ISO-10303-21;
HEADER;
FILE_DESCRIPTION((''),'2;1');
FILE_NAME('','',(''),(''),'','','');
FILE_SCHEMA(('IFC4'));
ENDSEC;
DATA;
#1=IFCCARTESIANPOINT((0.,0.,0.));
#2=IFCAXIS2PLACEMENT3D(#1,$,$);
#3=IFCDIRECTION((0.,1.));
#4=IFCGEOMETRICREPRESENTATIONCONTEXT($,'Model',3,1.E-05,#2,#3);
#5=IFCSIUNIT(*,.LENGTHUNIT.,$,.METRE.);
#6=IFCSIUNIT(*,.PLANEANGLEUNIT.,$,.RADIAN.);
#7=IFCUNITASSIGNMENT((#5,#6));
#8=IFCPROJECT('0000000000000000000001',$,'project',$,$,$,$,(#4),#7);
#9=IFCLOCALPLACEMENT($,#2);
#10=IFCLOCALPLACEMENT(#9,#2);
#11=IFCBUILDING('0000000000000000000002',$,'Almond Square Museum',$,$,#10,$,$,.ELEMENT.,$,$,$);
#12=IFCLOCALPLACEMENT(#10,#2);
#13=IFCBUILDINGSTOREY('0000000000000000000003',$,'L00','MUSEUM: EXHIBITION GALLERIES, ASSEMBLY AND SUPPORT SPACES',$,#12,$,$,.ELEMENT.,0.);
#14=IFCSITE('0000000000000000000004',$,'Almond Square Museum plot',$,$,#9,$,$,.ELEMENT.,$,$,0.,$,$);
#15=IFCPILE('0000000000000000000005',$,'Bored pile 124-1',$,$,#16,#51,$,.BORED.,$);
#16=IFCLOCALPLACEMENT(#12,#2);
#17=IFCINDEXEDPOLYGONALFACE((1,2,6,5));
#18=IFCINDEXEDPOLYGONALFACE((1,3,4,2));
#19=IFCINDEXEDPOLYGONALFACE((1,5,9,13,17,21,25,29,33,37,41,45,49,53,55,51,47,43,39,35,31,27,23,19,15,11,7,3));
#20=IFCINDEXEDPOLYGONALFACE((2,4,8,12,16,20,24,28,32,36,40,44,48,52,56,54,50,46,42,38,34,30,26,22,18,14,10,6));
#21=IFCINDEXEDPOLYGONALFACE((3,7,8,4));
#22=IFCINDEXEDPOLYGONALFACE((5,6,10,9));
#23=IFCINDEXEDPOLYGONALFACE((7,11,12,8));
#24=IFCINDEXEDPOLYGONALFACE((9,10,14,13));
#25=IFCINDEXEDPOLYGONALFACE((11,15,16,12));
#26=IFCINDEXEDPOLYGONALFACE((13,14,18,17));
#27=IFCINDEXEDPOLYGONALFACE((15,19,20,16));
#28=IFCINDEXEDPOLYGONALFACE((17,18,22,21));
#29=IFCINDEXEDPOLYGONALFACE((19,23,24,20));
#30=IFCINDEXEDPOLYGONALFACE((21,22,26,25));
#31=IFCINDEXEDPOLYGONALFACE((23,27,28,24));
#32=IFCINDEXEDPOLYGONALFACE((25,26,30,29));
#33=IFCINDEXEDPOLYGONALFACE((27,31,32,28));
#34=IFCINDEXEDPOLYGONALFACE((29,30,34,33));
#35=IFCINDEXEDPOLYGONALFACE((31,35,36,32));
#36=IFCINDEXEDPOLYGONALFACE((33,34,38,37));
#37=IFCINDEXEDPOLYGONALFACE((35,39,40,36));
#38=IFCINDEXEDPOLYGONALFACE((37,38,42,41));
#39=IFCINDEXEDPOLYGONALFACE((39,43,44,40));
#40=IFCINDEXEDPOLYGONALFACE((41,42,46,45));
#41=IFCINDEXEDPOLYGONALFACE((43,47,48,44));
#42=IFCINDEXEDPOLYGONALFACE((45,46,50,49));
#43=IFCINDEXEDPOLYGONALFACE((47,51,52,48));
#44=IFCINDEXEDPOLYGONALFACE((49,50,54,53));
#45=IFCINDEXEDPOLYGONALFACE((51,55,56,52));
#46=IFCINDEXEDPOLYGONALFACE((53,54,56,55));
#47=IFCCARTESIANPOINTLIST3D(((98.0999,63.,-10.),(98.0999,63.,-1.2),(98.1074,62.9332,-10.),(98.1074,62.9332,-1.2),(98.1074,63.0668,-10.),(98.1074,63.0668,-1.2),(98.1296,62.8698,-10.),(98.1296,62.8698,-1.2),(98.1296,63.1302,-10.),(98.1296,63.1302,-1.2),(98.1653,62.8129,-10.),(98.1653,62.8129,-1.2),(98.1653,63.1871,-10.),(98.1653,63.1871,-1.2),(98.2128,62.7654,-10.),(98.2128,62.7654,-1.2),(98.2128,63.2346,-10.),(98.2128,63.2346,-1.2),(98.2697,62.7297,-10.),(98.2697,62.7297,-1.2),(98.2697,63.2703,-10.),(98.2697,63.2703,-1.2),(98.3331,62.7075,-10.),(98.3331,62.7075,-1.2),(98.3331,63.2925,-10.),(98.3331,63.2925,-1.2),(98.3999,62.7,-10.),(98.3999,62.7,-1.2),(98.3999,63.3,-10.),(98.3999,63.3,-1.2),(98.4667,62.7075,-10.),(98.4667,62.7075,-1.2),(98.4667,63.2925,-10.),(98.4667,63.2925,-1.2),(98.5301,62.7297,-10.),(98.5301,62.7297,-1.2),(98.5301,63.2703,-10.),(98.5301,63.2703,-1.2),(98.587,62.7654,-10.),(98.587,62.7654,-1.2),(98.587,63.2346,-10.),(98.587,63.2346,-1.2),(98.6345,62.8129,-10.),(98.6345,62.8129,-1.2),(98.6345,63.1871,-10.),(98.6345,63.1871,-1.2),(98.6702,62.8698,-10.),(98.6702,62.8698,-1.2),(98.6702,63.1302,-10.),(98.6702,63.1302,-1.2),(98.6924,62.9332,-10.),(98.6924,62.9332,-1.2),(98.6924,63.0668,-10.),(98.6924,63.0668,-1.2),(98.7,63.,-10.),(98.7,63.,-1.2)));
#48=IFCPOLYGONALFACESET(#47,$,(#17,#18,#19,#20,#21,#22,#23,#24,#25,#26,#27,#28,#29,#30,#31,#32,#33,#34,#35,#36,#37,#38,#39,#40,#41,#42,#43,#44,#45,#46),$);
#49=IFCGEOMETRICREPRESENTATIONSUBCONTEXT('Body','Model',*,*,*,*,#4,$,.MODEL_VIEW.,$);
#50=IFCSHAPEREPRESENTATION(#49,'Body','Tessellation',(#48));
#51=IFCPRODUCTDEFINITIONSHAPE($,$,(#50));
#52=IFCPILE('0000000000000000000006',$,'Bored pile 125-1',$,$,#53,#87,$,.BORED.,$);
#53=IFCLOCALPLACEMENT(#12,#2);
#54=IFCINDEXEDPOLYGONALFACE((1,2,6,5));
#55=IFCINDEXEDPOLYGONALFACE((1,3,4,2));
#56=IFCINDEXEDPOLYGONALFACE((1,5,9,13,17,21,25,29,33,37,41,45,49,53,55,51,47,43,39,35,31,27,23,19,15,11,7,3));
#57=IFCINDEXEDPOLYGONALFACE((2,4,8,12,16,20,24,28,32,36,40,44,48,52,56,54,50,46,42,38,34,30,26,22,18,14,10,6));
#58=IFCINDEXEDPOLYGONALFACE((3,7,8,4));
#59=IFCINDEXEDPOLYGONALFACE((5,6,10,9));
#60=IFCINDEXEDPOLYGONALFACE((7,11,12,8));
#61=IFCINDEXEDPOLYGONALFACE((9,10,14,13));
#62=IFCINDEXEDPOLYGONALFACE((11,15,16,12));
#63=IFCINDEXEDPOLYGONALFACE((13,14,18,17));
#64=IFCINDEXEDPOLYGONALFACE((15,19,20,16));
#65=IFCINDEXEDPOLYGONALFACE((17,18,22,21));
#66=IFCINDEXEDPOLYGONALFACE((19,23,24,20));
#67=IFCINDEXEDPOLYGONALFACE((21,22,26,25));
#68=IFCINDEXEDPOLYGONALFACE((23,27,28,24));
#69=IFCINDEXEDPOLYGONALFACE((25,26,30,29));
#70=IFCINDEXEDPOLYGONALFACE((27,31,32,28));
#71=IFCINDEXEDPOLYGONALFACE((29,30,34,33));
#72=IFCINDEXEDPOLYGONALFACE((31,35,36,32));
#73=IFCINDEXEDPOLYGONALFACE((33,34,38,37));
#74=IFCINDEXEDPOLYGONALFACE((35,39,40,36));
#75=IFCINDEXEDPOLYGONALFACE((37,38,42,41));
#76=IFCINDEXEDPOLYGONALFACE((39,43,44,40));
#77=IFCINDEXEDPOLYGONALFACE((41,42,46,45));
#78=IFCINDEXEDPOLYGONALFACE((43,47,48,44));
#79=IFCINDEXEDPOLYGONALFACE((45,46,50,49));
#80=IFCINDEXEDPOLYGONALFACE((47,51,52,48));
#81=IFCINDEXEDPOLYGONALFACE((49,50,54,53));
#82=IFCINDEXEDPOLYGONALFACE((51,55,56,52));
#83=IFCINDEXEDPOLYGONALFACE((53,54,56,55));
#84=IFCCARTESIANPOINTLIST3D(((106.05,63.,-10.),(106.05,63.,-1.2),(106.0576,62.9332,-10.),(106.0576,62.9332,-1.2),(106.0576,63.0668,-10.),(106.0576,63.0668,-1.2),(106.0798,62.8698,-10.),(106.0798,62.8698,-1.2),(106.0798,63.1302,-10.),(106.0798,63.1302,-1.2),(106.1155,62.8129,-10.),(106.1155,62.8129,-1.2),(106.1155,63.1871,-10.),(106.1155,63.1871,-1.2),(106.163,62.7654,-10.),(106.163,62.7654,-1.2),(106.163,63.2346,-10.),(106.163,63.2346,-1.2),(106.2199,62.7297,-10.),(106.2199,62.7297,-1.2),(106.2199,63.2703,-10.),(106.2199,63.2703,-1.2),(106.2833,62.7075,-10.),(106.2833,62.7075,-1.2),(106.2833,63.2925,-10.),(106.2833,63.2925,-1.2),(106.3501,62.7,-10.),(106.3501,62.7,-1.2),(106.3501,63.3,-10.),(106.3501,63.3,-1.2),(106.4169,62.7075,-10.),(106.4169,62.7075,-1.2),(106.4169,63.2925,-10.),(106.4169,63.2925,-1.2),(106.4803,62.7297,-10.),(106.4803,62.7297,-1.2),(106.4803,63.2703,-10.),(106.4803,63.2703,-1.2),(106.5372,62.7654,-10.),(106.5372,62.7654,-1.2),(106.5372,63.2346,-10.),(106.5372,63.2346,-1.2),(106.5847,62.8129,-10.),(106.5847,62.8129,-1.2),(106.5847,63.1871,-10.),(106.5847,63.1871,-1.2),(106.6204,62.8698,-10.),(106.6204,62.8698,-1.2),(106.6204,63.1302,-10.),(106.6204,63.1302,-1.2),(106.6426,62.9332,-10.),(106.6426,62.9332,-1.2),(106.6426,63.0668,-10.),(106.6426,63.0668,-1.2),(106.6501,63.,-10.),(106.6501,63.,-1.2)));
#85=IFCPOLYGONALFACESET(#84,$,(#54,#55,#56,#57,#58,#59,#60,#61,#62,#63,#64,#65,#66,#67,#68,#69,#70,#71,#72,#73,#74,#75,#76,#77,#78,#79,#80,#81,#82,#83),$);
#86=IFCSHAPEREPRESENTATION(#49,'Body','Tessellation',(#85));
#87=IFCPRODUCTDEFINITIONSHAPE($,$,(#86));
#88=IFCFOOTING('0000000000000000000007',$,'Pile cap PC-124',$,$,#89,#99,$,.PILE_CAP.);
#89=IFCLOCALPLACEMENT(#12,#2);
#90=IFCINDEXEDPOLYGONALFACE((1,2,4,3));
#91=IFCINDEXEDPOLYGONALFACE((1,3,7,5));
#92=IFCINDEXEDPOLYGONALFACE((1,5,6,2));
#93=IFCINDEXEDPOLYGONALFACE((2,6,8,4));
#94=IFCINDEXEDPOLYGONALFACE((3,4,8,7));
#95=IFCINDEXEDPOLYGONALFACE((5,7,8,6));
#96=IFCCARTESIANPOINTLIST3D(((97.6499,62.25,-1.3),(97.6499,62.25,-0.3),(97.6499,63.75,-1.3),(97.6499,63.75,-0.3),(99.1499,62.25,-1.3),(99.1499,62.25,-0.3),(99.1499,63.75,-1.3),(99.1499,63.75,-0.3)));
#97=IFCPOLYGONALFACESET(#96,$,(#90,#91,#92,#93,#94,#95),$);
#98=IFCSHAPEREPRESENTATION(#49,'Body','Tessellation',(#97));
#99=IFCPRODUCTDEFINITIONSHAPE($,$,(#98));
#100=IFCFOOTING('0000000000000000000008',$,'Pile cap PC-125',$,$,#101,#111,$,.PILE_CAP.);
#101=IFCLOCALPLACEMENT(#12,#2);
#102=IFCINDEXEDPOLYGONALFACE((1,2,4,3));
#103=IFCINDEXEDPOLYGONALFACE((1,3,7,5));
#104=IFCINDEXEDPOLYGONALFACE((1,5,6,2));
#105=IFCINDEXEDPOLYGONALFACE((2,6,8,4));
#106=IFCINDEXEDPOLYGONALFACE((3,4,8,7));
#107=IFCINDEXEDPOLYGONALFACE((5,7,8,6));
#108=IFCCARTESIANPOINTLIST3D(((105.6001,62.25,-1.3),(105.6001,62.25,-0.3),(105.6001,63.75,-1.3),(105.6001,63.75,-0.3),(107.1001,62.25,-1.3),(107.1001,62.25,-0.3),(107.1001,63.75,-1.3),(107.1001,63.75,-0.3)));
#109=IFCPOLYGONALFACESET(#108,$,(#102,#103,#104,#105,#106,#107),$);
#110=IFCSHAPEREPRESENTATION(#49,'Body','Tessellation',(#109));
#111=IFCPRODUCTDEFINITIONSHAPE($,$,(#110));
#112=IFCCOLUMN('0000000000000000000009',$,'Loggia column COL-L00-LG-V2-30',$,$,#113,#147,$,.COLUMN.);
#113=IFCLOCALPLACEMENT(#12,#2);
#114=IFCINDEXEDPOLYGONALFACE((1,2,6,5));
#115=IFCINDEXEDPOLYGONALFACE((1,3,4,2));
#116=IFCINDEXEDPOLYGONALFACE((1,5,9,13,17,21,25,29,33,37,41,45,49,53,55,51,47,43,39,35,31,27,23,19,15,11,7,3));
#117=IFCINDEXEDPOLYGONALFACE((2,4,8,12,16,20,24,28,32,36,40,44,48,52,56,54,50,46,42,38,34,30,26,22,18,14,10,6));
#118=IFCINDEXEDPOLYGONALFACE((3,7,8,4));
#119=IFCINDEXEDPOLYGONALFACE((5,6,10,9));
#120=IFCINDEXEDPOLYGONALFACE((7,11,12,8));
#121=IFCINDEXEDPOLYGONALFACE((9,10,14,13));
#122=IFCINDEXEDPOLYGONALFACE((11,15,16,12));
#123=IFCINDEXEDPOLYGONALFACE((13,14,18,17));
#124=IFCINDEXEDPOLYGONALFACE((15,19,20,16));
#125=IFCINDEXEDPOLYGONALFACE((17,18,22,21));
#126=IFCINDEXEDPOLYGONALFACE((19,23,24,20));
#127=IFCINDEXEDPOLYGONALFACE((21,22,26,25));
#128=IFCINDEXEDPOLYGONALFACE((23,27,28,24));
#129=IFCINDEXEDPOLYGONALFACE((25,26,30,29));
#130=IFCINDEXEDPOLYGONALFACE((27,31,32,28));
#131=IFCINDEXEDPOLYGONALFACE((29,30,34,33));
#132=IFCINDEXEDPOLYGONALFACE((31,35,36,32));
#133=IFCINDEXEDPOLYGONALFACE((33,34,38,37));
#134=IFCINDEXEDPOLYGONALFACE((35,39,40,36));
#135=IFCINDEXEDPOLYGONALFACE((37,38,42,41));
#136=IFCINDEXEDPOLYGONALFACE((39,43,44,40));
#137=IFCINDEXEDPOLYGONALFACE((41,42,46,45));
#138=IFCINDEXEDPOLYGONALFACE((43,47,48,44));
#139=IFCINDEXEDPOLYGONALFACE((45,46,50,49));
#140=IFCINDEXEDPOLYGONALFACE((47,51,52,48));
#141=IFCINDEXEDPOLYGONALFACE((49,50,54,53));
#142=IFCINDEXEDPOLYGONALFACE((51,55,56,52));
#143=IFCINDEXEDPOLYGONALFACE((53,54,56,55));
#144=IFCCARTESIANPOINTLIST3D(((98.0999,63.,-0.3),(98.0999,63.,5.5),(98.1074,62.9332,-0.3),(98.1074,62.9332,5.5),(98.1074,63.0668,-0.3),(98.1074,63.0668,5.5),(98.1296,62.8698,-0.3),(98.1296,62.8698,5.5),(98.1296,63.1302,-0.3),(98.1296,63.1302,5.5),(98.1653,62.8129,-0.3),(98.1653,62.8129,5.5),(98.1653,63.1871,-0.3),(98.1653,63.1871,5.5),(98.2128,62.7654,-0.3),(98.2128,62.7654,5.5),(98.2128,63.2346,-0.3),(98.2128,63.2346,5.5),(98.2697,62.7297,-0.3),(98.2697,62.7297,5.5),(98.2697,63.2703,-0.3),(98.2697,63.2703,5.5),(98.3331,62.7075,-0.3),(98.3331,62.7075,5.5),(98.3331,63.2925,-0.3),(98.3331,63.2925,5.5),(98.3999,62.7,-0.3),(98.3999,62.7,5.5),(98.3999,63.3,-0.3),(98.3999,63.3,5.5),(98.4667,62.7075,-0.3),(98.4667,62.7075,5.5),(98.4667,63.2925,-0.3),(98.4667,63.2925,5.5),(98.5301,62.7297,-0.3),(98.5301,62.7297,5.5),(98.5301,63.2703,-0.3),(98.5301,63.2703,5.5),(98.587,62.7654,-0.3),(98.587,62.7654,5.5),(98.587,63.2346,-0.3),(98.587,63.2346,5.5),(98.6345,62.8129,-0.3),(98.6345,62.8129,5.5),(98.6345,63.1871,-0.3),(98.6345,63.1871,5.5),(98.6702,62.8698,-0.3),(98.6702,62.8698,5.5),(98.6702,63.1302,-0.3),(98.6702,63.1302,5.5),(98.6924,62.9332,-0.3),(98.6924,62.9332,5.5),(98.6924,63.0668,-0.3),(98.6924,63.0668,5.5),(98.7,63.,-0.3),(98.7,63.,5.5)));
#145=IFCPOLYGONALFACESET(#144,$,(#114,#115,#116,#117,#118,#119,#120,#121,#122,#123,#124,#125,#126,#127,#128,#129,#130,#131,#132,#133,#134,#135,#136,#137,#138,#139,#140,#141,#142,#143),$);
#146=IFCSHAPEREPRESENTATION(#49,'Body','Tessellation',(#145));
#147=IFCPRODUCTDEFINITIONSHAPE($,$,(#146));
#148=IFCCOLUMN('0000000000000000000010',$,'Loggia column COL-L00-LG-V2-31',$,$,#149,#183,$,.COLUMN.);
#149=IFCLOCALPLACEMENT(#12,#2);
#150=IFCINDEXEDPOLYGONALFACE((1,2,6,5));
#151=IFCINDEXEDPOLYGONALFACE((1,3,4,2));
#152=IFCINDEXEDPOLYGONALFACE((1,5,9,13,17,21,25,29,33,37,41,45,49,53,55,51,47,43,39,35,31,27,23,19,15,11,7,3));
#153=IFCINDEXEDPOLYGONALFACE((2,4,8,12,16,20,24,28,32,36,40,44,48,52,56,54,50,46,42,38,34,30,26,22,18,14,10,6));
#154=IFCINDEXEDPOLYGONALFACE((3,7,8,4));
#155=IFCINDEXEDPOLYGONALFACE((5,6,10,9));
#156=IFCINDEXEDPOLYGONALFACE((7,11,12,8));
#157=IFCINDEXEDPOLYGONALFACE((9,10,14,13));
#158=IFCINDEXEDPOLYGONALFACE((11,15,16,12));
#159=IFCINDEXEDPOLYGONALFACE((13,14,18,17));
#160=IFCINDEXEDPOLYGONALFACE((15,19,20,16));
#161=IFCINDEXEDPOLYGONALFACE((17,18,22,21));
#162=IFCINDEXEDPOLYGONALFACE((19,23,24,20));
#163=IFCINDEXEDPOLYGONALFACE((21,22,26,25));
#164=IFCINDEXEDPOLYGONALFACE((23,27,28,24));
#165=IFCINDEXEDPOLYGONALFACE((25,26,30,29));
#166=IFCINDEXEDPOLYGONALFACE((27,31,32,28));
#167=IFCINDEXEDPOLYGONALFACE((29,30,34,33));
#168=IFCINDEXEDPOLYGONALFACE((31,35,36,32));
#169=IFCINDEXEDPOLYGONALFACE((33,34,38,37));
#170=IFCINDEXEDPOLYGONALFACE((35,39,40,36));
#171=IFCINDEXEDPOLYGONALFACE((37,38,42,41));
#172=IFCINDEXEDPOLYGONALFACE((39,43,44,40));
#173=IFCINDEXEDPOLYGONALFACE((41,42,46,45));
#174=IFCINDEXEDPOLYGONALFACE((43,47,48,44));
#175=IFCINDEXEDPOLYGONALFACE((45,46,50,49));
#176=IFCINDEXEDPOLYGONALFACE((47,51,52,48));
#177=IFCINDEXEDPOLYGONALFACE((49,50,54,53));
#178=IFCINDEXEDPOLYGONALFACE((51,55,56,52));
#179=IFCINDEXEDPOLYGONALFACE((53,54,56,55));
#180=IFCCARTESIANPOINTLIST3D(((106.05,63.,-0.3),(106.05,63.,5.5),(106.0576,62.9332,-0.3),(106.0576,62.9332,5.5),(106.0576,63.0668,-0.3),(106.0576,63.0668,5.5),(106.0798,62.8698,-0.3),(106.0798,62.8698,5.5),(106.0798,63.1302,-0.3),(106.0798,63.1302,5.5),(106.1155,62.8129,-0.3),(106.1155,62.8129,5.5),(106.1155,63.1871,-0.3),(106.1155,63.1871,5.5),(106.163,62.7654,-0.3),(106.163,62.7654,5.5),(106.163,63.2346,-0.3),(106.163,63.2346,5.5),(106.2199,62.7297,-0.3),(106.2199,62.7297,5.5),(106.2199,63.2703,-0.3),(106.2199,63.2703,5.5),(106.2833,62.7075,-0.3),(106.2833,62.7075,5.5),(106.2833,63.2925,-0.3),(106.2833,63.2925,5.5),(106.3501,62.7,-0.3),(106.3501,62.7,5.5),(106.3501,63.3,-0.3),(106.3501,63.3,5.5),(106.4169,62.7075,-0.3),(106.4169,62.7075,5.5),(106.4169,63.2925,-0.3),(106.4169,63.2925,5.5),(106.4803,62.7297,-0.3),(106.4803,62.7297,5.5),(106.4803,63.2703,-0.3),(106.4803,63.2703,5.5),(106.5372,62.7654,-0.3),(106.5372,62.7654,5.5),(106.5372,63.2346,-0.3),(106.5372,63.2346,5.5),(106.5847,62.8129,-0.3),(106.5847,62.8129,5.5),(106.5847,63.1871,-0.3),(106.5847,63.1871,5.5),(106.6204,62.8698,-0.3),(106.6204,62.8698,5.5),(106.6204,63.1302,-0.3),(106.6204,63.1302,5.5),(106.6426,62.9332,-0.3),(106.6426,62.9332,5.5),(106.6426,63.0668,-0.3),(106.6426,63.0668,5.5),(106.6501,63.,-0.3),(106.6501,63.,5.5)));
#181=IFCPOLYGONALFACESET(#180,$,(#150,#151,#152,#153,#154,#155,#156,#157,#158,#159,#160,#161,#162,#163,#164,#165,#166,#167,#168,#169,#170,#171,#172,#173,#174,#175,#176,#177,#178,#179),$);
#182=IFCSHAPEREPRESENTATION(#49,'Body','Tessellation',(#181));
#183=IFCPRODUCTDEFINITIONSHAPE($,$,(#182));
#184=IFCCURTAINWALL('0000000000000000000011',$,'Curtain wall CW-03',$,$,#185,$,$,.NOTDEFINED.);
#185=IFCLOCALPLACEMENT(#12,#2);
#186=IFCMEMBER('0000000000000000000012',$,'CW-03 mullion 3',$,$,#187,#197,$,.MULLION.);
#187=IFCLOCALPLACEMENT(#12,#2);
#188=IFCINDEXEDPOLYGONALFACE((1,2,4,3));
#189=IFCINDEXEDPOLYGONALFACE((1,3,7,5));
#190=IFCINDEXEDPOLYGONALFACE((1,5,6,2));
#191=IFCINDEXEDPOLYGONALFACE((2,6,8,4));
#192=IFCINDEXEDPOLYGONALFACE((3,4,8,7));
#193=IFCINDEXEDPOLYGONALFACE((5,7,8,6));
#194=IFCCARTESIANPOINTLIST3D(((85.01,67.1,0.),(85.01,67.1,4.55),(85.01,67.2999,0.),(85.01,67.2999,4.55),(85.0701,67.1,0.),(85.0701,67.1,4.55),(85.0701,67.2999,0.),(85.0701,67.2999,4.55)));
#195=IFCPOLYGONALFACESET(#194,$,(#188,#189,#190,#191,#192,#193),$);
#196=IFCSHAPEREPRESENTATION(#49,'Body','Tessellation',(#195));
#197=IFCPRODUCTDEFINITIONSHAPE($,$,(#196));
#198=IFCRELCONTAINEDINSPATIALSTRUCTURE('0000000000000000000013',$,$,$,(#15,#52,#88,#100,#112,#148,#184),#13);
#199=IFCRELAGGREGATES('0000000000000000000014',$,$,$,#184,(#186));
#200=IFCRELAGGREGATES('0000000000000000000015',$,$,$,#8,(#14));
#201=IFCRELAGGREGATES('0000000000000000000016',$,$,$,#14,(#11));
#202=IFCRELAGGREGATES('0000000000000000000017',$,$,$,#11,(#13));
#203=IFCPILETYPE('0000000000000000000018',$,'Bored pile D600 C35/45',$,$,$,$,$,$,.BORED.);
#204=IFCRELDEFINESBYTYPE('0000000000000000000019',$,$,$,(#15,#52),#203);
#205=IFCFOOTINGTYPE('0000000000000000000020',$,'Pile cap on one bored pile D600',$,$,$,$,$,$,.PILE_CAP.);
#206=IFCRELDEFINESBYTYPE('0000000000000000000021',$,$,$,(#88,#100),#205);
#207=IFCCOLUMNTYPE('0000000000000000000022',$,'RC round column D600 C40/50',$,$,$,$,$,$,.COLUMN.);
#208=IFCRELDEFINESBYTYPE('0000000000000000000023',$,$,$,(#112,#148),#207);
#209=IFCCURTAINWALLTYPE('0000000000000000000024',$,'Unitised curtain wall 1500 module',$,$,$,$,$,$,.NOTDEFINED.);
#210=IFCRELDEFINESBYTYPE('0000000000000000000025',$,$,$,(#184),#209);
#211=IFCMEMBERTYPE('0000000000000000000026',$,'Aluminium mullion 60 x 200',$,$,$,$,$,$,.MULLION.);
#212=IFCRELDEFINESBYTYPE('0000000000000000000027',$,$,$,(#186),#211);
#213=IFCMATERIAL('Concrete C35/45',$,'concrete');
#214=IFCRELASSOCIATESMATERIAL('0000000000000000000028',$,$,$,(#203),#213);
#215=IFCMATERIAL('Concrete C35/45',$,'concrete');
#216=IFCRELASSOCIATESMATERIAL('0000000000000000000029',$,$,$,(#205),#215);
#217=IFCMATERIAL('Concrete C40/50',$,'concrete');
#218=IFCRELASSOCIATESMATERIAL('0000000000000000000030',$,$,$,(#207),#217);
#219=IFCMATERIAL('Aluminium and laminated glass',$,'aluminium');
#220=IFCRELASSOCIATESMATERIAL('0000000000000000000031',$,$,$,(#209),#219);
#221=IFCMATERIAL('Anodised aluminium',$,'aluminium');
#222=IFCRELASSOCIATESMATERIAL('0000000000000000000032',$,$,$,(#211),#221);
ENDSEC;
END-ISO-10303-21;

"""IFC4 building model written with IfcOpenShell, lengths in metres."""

from ifc_helpers import new_model, si_unit, direction, frame, origin, origin_2d, place, context, subcontext, project, spatial, rectangle, circle, extrude, material, material_profile, profile_set, type_object, element, aggregate, save


model = new_model("IFC4")

# Units and contexts
model_context = context("Model", 3, precision=1e-05, world=origin(), true_north=direction((0.0, 1.0)))
body_context = subcontext(model_context, "Body", "Model", "MODEL_VIEW")
ifc_project = project(units=[si_unit("LENGTHUNIT", "METRE"), si_unit("PLANEANGLEUNIT", "RADIAN")], contexts=[model_context])

# Site, building, storey
site_placement = place(None, origin())
site = spatial("IfcSite", under=ifc_project, at=site_placement, Name="Almond Square Museum plot", CompositionType="ELEMENT", RefElevation=0.0)
building_placement = place(site_placement, origin())
building = spatial("IfcBuilding", under=site, at=building_placement, Name="Almond Square Museum", CompositionType="ELEMENT")
storey_placement = place(building_placement, origin())
storey = spatial("IfcBuildingStorey", under=building, at=storey_placement, Name="L00", Description="MUSEUM: EXHIBITION GALLERIES, ASSEMBLY AND SUPPORT SPACES", CompositionType="ELEMENT", Elevation=0.0)

# Piles
ifc_material_1 = material(Name="Concrete C35/45", Category="concrete")
ifc_material_profile_1 = material_profile(ifc_material_1, circle(Radius=0.3, at=origin_2d()))
ifc_profile_set_1 = profile_set([ifc_material_profile_1], Name="Concrete C35/45")
pile_type = type_object("IfcPileType", Name="Bored pile D600 C35/45", PredefinedType="BORED", material=ifc_profile_set_1)
for number, where, z_axis, x_axis, name in (
    (1, (98.3999, 63.0, -1.2), (0.0, 0.0, -1.0), (1.0, 0.0, 0.0), "Bored pile 124-1"),
    (2, (106.3501, 63.0, -1.2), (0.0, 0.0, -1.0), (1.0, 0.0, 0.0), "Bored pile 125-1"),
):
    element("IfcPile", number, at=place(storey_placement, frame(where, z_axis=z_axis, x_axis=x_axis)), inside=storey, type_object=pile_type, Name=name, PredefinedType="BORED", context=body_context, shape_type="SweptSolid", body=[
        extrude(circle(Radius=0.3, at=origin_2d()), origin(), (0.0, 0.0, 1.0), 8.8),
    ])

# Footings
ifc_material_2 = material(Name="Concrete C35/45", Category="concrete")
footing_type = type_object("IfcFootingType", Name="Pile cap on one bored pile D600", PredefinedType="PILE_CAP", material=ifc_material_2)
for number, where, z_axis, x_axis, name in (
    (3, (98.3999, 63.0, -1.3), (0.0, 0.0, 1.0), (1.0, 0.0, 0.0), "Pile cap PC-124"),
    (4, (106.3501, 63.0, -1.3), (0.0, 0.0, 1.0), (1.0, 0.0, 0.0), "Pile cap PC-125"),
):
    element("IfcFooting", number, at=place(storey_placement, frame(where, z_axis=z_axis, x_axis=x_axis)), inside=storey, type_object=footing_type, Name=name, PredefinedType="PILE_CAP", context=body_context, shape_type="SweptSolid", body=[
        extrude(rectangle(XDim=1.5, YDim=1.5, at=origin_2d()), origin(), (0.0, 0.0, 1.0), 1.0),
    ])

# Columns
ifc_material_3 = material(Name="Concrete C40/50", Category="concrete")
ifc_material_profile_2 = material_profile(ifc_material_3, circle(Radius=0.3, at=origin_2d()))
ifc_profile_set_2 = profile_set([ifc_material_profile_2], Name="Concrete C40/50")
column_type = type_object("IfcColumnType", Name="RC round column D600 C40/50", PredefinedType="COLUMN", material=ifc_profile_set_2)
for number, where, z_axis, x_axis, name in (
    (5, (98.3999, 63.0, -0.3), (0.0, 0.0, 1.0), (1.0, 0.0, 0.0), "Loggia column COL-L00-LG-V2-30"),
    (6, (106.3501, 63.0, -0.3), (0.0, 0.0, 1.0), (1.0, 0.0, 0.0), "Loggia column COL-L00-LG-V2-31"),
):
    element("IfcColumn", number, at=place(storey_placement, frame(where, z_axis=z_axis, x_axis=x_axis)), inside=storey, type_object=column_type, Name=name, PredefinedType="COLUMN", context=body_context, shape_type="SweptSolid", body=[
        extrude(circle(Radius=0.3, at=origin_2d()), origin(), (0.0, 0.0, 1.0), 5.8),
    ])

# Curtain wall, member
ifc_material_4 = material(Name="Aluminium and laminated glass", Category="aluminium")
curtain_wall_type = type_object("IfcCurtainWallType", Name="Unitised curtain wall 1500 module", PredefinedType="NOTDEFINED", material=ifc_material_4)
curtain_wall_placement = place(storey_placement, origin())
curtain_wall = element("IfcCurtainWall", 7, at=curtain_wall_placement, inside=storey, type_object=curtain_wall_type, Name="Curtain wall CW-03", PredefinedType="NOTDEFINED")
ifc_material_5 = material(Name="Anodised aluminium", Category="aluminium")
ifc_material_profile_3 = material_profile(ifc_material_5, rectangle(XDim=0.2, YDim=0.0601, at=origin_2d()))
ifc_profile_set_3 = profile_set([ifc_material_profile_3], Name="Anodised aluminium")
member_type_1 = type_object("IfcMemberType", Name="Aluminium mullion 60 x 200", PredefinedType="MULLION", material=ifc_profile_set_3)
member_1_placement = place(storey_placement, frame((85.04, 67.2, 0.0), z_axis=(0.0, 0.0, 1.0), x_axis=(0.0, 1.0, 0.0)))
member_1 = element("IfcMember", 8, at=member_1_placement, type_object=member_type_1, Name="CW-03 mullion 3", PredefinedType="MULLION", context=body_context, shape_type="SweptSolid", body=[
    extrude(rectangle(XDim=0.2, YDim=0.0601, at=origin_2d()), origin(), (0.0, 0.0, 1.0), 4.55),
])

aggregate(curtain_wall, [member_1])

save(model, "model.ifc")
